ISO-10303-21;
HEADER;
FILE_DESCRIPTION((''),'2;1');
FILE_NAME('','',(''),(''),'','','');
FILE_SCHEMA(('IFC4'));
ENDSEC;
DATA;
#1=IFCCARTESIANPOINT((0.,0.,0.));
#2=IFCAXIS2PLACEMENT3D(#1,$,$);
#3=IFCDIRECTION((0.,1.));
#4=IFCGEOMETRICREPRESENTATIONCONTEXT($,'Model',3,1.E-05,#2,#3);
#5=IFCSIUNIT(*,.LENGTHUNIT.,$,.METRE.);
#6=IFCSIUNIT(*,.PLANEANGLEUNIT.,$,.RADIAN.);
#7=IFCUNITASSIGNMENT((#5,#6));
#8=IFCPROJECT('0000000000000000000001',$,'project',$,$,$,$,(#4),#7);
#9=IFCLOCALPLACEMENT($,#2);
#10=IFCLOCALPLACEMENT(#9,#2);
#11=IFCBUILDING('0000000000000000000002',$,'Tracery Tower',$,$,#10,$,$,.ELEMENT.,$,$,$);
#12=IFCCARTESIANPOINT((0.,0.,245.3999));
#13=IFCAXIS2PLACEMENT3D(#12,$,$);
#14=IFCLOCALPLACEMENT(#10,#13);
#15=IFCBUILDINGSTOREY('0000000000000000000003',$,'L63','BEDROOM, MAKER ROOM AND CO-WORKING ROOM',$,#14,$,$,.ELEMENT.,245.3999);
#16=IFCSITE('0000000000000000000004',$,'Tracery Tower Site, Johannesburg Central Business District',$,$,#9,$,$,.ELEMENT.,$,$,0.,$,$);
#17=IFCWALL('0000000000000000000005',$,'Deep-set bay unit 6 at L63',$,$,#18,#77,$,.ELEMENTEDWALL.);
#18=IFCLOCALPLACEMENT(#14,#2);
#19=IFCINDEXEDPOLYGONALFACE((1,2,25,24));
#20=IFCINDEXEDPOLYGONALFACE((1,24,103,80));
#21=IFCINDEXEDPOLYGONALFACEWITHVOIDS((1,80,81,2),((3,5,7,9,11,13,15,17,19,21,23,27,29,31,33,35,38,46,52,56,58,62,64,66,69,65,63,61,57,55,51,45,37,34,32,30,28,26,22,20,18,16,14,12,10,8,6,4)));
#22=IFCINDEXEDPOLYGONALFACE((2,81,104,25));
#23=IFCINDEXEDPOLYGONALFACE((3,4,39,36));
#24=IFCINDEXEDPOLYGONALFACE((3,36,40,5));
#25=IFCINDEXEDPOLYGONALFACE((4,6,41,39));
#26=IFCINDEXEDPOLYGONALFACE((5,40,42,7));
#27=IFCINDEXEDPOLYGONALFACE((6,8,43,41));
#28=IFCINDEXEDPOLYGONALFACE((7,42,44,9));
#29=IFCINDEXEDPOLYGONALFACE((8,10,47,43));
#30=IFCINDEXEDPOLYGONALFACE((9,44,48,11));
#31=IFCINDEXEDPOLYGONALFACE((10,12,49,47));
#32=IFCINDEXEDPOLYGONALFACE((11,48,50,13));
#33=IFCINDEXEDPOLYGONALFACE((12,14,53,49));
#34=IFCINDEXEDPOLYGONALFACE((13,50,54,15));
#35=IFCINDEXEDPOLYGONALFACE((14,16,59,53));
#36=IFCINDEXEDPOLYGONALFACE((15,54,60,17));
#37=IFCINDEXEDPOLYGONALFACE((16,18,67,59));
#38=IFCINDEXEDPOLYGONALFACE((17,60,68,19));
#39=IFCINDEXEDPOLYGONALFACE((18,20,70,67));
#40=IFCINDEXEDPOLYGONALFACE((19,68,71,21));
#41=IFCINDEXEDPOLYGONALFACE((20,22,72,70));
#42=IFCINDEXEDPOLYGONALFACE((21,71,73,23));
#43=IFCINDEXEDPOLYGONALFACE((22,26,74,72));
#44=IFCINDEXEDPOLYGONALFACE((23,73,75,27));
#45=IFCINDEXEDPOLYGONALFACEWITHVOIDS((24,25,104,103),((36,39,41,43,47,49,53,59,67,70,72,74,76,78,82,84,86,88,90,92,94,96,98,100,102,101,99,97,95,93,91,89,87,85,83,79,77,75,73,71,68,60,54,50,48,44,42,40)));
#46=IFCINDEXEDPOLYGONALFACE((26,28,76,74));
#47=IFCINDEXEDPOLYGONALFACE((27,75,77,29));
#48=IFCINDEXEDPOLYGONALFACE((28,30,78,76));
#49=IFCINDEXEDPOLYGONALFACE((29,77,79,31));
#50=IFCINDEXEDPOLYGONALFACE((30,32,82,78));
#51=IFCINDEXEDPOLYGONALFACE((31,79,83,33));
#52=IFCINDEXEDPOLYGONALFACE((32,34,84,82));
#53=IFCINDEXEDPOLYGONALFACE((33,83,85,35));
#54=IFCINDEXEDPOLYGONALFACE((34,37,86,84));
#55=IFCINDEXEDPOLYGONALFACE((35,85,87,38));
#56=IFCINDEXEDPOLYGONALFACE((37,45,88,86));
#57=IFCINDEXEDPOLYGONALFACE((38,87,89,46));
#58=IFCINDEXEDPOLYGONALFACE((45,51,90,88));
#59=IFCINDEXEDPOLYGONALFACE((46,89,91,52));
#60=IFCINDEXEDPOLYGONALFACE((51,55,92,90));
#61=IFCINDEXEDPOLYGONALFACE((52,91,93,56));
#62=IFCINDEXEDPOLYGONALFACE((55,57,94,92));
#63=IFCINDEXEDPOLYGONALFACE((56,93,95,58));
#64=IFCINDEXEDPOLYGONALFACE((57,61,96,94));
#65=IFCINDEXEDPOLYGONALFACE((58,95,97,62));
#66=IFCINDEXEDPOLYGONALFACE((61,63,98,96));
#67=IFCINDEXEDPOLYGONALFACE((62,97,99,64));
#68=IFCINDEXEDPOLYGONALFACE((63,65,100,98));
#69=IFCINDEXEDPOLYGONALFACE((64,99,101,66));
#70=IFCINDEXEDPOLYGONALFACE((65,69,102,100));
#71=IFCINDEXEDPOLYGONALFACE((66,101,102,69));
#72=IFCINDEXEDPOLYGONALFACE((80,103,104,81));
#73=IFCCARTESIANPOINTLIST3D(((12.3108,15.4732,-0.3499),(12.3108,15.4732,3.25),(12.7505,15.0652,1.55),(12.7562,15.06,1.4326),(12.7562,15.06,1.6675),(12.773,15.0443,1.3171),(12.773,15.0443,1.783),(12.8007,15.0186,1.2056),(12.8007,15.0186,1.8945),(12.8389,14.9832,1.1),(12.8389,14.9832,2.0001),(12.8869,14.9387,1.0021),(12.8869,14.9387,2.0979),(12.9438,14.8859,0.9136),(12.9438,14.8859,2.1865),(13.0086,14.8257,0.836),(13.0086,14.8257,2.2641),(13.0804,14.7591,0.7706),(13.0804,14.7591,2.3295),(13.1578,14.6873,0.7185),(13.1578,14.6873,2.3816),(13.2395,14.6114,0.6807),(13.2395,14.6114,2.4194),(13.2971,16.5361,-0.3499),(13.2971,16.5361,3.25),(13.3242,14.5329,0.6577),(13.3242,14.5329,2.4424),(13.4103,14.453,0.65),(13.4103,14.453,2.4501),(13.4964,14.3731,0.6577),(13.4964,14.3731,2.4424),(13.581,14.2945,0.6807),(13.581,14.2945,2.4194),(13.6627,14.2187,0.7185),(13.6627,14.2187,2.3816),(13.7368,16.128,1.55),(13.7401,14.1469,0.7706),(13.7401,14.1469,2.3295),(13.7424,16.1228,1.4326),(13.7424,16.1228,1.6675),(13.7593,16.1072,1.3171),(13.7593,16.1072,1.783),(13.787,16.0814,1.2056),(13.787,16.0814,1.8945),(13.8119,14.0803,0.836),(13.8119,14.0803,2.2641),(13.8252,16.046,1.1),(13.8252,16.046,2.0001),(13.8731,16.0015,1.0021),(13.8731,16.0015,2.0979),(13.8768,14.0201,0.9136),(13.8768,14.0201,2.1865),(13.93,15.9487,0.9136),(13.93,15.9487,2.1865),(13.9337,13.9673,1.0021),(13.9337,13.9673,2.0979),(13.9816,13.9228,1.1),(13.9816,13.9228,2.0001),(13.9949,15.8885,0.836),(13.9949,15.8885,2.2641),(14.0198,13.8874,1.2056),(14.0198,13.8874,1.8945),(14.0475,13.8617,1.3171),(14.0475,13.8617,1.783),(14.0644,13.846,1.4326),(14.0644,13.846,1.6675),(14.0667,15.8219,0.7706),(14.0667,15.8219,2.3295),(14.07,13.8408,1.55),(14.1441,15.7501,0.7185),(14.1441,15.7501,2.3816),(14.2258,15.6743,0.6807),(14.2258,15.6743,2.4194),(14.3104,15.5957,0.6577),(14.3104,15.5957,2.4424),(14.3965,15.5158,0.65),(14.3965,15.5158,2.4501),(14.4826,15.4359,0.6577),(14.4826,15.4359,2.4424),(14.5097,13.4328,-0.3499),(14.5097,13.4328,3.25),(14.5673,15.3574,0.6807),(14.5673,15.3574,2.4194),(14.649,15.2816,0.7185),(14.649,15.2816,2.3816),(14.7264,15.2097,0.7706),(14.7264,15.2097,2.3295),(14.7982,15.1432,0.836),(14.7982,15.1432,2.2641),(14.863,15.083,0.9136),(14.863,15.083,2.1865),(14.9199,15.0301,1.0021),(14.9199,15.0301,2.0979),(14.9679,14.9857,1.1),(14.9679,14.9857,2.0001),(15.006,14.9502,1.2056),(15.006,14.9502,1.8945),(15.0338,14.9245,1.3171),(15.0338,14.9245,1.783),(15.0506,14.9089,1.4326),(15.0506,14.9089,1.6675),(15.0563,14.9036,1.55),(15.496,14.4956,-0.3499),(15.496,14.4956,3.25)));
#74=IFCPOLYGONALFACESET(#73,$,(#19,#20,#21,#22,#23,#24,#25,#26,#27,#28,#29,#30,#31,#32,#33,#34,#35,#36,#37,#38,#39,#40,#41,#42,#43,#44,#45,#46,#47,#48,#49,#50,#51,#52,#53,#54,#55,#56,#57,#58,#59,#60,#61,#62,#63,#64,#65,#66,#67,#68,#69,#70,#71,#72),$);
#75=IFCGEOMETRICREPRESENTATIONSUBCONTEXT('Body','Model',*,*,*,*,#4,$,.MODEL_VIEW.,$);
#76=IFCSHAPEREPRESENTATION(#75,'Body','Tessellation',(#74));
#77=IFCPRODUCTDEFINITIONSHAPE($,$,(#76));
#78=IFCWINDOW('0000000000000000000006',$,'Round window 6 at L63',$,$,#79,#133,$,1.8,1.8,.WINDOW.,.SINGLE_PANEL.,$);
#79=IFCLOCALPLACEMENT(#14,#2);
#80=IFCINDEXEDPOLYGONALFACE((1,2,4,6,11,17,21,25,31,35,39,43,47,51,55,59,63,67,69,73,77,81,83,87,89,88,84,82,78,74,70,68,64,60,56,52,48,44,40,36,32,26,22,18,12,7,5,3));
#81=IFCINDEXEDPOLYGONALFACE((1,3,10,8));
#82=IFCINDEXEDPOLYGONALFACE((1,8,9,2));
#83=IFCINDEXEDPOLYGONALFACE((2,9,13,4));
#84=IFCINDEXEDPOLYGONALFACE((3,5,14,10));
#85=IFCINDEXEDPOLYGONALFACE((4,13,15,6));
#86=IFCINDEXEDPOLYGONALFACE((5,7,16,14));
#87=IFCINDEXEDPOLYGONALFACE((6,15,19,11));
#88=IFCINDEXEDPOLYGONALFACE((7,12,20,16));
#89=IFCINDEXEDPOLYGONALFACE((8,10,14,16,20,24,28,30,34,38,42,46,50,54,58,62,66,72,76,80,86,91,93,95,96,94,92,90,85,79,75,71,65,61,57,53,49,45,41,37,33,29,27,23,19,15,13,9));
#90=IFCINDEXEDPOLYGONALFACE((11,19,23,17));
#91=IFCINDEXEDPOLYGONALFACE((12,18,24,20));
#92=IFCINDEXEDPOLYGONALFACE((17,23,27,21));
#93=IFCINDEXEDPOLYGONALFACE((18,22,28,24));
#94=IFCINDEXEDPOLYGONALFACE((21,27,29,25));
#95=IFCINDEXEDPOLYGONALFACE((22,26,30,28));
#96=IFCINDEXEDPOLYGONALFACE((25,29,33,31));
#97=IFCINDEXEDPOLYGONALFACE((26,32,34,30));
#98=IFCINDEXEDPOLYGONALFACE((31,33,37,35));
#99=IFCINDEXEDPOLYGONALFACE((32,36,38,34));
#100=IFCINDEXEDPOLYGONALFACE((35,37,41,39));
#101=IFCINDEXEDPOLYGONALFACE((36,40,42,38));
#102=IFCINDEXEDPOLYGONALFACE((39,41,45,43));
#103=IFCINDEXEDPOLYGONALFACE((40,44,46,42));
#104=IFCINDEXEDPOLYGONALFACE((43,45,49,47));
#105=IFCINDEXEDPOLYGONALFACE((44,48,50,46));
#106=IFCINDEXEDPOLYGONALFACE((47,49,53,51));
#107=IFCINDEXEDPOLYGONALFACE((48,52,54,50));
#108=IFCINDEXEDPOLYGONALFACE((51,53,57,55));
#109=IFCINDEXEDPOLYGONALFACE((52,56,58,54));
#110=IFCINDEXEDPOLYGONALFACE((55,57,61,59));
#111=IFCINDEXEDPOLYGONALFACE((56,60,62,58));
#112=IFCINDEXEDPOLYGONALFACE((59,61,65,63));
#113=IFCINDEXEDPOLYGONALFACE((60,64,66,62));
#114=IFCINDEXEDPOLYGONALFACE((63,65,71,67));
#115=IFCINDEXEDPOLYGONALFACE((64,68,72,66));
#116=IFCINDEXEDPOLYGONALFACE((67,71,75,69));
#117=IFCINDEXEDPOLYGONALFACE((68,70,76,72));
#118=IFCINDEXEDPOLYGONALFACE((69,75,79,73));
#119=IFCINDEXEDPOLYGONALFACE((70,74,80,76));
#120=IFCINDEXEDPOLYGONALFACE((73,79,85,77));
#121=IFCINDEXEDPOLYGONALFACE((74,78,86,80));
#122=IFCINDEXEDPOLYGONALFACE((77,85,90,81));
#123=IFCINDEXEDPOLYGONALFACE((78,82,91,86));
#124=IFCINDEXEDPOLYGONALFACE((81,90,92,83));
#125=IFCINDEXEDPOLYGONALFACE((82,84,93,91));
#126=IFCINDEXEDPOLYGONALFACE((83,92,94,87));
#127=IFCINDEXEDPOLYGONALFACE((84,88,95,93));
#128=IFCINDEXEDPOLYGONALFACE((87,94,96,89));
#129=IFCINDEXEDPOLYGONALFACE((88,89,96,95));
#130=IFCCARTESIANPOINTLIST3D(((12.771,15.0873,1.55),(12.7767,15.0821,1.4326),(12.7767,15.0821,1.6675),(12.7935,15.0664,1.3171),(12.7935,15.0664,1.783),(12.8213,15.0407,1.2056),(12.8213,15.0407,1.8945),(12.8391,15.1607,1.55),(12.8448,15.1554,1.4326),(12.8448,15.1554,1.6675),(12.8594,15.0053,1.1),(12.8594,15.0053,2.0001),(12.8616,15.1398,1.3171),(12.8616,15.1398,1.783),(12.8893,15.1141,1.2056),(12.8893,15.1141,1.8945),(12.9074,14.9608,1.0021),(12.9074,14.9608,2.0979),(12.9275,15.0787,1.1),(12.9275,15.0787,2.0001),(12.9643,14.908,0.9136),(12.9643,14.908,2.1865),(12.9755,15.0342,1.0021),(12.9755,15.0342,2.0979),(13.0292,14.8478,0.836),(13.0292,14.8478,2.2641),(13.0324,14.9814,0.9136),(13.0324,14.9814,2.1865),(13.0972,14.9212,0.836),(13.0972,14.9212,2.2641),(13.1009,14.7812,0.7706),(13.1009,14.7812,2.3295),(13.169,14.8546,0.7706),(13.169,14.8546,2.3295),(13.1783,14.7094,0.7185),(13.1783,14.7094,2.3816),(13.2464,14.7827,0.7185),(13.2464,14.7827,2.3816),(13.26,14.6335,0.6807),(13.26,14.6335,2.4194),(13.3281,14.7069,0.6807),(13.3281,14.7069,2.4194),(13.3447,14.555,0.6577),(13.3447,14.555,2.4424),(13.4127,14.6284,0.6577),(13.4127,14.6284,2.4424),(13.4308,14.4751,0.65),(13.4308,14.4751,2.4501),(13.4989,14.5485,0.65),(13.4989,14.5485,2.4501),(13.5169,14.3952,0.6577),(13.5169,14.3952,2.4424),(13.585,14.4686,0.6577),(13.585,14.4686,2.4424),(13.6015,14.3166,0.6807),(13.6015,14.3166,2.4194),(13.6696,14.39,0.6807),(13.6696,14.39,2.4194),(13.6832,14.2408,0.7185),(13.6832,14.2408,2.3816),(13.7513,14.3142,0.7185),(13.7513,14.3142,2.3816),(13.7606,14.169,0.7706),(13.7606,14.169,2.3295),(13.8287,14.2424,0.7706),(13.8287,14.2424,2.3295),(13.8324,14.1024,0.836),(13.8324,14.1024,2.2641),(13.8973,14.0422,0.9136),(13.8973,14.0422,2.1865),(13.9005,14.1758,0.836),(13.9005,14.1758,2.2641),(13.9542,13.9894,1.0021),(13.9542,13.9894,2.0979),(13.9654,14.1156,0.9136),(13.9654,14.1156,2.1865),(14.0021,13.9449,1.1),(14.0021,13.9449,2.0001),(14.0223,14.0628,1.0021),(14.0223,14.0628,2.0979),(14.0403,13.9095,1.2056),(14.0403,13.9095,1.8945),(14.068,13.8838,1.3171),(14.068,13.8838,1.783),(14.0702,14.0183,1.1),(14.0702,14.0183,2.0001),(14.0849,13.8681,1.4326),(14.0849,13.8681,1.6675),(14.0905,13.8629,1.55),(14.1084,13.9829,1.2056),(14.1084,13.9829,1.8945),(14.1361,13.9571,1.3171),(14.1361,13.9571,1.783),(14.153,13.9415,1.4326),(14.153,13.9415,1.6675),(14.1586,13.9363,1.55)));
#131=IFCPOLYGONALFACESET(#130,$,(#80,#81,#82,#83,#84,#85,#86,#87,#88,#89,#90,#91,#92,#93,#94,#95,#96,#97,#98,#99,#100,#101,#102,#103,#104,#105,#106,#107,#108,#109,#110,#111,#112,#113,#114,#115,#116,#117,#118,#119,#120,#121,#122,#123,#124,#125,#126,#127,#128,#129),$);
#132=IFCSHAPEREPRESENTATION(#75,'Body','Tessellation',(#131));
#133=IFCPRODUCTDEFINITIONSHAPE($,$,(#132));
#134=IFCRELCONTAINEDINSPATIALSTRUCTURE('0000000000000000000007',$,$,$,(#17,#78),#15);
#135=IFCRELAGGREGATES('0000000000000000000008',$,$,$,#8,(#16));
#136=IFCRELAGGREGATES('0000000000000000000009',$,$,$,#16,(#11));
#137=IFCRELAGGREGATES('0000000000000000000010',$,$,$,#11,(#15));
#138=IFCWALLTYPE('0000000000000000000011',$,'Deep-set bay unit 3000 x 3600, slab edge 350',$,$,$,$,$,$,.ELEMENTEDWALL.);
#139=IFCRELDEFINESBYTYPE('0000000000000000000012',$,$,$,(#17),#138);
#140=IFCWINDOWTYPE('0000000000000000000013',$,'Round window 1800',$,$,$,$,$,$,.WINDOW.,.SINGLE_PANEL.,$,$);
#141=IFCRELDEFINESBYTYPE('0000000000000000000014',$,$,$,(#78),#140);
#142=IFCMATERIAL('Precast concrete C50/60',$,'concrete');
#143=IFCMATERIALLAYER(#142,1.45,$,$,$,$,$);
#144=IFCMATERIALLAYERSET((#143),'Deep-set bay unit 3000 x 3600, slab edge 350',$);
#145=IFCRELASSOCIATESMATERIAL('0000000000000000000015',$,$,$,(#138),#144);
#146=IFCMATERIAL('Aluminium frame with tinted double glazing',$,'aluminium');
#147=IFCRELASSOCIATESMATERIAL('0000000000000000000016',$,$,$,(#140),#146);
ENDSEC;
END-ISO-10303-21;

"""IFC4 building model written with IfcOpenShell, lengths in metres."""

from ifc_helpers import new_model, si_unit, direction, frame, frame_2d, origin, origin_2d, place, context, subcontext, project, spatial, rectangle, circle, extrude, material, layer, layer_set, type_object, element, fill, save


model = new_model("IFC4")

# Units and contexts
model_context = context("Model", 3, precision=1e-05, world=origin(), true_north=direction((0.0, 1.0)))
body_context = subcontext(model_context, "Body", "Model", "MODEL_VIEW")
ifc_project = project(units=[si_unit("LENGTHUNIT", "METRE"), si_unit("PLANEANGLEUNIT", "RADIAN")], contexts=[model_context])

# Site, building, storey
site_placement = place(None, origin())
site = spatial("IfcSite", under=ifc_project, at=site_placement, Name="Tracery Tower Site, Johannesburg Central Business District", CompositionType="ELEMENT", RefElevation=0.0)
building_placement = place(site_placement, origin())
building = spatial("IfcBuilding", under=site, at=building_placement, Name="Tracery Tower", CompositionType="ELEMENT")
storey_placement = place(building_placement, frame((0.0, 0.0, 245.3999)))
storey = spatial("IfcBuildingStorey", under=building, at=storey_placement, Name="L63", Description="BEDROOM, MAKER ROOM AND CO-WORKING ROOM", CompositionType="ELEMENT", Elevation=245.3999)

# Wall, opening, window
ifc_material_1 = material(Name="Precast concrete C50/60", Category="concrete")
ifc_layer_1 = layer(ifc_material_1, 1.45)
ifc_layer_set_1 = layer_set([ifc_layer_1], Name="Deep-set bay unit 3000 x 3600, slab edge 350")
wall_type_1 = type_object("IfcWallType", Name="Deep-set bay unit 3000 x 3600, slab edge 350", PredefinedType="ELEMENTEDWALL", material=ifc_layer_set_1)
wall_1_placement = place(storey_placement, frame((15.0029, 13.9641, -0.3499), z_axis=(0.0, 0.0, 1.0), x_axis=(-0.733022, 0.680204, 0.0)))
wall_1 = element("IfcWall", 1, at=wall_1_placement, inside=storey, type_object=wall_type_1, Name="Deep-set bay unit 6 at L63", PredefinedType="ELEMENTEDWALL", context=body_context, shape_type="SweptSolid", body=[
    extrude(rectangle(XDim=2.9998, YDim=1.45, at=frame_2d((1.5, 0.0))), origin(), (0.0, 0.0, 1.0), 3.5999),
])
opening_1_placement = place(wall_1_placement, frame((1.5, 0.0, 1.8999)))
opening_1 = element("IfcOpeningElement", 2, at=opening_1_placement, cuts=wall_1, PredefinedType="OPENING", context=body_context, shape_type="SweptSolid", body=[
    extrude(circle(Radius=0.9, at=origin_2d()), frame((0.0, 0.7349, 0.0), z_axis=(0.0, -1.0, 0.0), x_axis=(1.0, 0.0, 0.0)), (0.0, 0.0, 1.0), 1.47),
])
ifc_material_2 = material(Name="Aluminium frame with tinted double glazing", Category="aluminium")
window_type = type_object("IfcWindowType", Name="Round window 1800", PartitioningType="SINGLE_PANEL", PredefinedType="WINDOW", material=ifc_material_2)
window_1_placement = place(opening_1_placement, origin())
window_1 = element("IfcWindow", 3, at=window_1_placement, inside=storey, type_object=window_type, Name="Round window 6 at L63", OverallHeight=1.8, OverallWidth=1.8, PartitioningType="SINGLE_PANEL", PredefinedType="WINDOW", context=body_context, shape_type="SweptSolid", body=[
    extrude(circle(Radius=0.9, at=origin_2d()), frame((0.0, 0.6948, 0.0), z_axis=(0.0, -1.0, 0.0), x_axis=(1.0, 0.0, 0.0)), (0.0, 0.0, 1.0), 0.1001),
])
fill(opening_1, window_1)

save(model, "model.ifc")
